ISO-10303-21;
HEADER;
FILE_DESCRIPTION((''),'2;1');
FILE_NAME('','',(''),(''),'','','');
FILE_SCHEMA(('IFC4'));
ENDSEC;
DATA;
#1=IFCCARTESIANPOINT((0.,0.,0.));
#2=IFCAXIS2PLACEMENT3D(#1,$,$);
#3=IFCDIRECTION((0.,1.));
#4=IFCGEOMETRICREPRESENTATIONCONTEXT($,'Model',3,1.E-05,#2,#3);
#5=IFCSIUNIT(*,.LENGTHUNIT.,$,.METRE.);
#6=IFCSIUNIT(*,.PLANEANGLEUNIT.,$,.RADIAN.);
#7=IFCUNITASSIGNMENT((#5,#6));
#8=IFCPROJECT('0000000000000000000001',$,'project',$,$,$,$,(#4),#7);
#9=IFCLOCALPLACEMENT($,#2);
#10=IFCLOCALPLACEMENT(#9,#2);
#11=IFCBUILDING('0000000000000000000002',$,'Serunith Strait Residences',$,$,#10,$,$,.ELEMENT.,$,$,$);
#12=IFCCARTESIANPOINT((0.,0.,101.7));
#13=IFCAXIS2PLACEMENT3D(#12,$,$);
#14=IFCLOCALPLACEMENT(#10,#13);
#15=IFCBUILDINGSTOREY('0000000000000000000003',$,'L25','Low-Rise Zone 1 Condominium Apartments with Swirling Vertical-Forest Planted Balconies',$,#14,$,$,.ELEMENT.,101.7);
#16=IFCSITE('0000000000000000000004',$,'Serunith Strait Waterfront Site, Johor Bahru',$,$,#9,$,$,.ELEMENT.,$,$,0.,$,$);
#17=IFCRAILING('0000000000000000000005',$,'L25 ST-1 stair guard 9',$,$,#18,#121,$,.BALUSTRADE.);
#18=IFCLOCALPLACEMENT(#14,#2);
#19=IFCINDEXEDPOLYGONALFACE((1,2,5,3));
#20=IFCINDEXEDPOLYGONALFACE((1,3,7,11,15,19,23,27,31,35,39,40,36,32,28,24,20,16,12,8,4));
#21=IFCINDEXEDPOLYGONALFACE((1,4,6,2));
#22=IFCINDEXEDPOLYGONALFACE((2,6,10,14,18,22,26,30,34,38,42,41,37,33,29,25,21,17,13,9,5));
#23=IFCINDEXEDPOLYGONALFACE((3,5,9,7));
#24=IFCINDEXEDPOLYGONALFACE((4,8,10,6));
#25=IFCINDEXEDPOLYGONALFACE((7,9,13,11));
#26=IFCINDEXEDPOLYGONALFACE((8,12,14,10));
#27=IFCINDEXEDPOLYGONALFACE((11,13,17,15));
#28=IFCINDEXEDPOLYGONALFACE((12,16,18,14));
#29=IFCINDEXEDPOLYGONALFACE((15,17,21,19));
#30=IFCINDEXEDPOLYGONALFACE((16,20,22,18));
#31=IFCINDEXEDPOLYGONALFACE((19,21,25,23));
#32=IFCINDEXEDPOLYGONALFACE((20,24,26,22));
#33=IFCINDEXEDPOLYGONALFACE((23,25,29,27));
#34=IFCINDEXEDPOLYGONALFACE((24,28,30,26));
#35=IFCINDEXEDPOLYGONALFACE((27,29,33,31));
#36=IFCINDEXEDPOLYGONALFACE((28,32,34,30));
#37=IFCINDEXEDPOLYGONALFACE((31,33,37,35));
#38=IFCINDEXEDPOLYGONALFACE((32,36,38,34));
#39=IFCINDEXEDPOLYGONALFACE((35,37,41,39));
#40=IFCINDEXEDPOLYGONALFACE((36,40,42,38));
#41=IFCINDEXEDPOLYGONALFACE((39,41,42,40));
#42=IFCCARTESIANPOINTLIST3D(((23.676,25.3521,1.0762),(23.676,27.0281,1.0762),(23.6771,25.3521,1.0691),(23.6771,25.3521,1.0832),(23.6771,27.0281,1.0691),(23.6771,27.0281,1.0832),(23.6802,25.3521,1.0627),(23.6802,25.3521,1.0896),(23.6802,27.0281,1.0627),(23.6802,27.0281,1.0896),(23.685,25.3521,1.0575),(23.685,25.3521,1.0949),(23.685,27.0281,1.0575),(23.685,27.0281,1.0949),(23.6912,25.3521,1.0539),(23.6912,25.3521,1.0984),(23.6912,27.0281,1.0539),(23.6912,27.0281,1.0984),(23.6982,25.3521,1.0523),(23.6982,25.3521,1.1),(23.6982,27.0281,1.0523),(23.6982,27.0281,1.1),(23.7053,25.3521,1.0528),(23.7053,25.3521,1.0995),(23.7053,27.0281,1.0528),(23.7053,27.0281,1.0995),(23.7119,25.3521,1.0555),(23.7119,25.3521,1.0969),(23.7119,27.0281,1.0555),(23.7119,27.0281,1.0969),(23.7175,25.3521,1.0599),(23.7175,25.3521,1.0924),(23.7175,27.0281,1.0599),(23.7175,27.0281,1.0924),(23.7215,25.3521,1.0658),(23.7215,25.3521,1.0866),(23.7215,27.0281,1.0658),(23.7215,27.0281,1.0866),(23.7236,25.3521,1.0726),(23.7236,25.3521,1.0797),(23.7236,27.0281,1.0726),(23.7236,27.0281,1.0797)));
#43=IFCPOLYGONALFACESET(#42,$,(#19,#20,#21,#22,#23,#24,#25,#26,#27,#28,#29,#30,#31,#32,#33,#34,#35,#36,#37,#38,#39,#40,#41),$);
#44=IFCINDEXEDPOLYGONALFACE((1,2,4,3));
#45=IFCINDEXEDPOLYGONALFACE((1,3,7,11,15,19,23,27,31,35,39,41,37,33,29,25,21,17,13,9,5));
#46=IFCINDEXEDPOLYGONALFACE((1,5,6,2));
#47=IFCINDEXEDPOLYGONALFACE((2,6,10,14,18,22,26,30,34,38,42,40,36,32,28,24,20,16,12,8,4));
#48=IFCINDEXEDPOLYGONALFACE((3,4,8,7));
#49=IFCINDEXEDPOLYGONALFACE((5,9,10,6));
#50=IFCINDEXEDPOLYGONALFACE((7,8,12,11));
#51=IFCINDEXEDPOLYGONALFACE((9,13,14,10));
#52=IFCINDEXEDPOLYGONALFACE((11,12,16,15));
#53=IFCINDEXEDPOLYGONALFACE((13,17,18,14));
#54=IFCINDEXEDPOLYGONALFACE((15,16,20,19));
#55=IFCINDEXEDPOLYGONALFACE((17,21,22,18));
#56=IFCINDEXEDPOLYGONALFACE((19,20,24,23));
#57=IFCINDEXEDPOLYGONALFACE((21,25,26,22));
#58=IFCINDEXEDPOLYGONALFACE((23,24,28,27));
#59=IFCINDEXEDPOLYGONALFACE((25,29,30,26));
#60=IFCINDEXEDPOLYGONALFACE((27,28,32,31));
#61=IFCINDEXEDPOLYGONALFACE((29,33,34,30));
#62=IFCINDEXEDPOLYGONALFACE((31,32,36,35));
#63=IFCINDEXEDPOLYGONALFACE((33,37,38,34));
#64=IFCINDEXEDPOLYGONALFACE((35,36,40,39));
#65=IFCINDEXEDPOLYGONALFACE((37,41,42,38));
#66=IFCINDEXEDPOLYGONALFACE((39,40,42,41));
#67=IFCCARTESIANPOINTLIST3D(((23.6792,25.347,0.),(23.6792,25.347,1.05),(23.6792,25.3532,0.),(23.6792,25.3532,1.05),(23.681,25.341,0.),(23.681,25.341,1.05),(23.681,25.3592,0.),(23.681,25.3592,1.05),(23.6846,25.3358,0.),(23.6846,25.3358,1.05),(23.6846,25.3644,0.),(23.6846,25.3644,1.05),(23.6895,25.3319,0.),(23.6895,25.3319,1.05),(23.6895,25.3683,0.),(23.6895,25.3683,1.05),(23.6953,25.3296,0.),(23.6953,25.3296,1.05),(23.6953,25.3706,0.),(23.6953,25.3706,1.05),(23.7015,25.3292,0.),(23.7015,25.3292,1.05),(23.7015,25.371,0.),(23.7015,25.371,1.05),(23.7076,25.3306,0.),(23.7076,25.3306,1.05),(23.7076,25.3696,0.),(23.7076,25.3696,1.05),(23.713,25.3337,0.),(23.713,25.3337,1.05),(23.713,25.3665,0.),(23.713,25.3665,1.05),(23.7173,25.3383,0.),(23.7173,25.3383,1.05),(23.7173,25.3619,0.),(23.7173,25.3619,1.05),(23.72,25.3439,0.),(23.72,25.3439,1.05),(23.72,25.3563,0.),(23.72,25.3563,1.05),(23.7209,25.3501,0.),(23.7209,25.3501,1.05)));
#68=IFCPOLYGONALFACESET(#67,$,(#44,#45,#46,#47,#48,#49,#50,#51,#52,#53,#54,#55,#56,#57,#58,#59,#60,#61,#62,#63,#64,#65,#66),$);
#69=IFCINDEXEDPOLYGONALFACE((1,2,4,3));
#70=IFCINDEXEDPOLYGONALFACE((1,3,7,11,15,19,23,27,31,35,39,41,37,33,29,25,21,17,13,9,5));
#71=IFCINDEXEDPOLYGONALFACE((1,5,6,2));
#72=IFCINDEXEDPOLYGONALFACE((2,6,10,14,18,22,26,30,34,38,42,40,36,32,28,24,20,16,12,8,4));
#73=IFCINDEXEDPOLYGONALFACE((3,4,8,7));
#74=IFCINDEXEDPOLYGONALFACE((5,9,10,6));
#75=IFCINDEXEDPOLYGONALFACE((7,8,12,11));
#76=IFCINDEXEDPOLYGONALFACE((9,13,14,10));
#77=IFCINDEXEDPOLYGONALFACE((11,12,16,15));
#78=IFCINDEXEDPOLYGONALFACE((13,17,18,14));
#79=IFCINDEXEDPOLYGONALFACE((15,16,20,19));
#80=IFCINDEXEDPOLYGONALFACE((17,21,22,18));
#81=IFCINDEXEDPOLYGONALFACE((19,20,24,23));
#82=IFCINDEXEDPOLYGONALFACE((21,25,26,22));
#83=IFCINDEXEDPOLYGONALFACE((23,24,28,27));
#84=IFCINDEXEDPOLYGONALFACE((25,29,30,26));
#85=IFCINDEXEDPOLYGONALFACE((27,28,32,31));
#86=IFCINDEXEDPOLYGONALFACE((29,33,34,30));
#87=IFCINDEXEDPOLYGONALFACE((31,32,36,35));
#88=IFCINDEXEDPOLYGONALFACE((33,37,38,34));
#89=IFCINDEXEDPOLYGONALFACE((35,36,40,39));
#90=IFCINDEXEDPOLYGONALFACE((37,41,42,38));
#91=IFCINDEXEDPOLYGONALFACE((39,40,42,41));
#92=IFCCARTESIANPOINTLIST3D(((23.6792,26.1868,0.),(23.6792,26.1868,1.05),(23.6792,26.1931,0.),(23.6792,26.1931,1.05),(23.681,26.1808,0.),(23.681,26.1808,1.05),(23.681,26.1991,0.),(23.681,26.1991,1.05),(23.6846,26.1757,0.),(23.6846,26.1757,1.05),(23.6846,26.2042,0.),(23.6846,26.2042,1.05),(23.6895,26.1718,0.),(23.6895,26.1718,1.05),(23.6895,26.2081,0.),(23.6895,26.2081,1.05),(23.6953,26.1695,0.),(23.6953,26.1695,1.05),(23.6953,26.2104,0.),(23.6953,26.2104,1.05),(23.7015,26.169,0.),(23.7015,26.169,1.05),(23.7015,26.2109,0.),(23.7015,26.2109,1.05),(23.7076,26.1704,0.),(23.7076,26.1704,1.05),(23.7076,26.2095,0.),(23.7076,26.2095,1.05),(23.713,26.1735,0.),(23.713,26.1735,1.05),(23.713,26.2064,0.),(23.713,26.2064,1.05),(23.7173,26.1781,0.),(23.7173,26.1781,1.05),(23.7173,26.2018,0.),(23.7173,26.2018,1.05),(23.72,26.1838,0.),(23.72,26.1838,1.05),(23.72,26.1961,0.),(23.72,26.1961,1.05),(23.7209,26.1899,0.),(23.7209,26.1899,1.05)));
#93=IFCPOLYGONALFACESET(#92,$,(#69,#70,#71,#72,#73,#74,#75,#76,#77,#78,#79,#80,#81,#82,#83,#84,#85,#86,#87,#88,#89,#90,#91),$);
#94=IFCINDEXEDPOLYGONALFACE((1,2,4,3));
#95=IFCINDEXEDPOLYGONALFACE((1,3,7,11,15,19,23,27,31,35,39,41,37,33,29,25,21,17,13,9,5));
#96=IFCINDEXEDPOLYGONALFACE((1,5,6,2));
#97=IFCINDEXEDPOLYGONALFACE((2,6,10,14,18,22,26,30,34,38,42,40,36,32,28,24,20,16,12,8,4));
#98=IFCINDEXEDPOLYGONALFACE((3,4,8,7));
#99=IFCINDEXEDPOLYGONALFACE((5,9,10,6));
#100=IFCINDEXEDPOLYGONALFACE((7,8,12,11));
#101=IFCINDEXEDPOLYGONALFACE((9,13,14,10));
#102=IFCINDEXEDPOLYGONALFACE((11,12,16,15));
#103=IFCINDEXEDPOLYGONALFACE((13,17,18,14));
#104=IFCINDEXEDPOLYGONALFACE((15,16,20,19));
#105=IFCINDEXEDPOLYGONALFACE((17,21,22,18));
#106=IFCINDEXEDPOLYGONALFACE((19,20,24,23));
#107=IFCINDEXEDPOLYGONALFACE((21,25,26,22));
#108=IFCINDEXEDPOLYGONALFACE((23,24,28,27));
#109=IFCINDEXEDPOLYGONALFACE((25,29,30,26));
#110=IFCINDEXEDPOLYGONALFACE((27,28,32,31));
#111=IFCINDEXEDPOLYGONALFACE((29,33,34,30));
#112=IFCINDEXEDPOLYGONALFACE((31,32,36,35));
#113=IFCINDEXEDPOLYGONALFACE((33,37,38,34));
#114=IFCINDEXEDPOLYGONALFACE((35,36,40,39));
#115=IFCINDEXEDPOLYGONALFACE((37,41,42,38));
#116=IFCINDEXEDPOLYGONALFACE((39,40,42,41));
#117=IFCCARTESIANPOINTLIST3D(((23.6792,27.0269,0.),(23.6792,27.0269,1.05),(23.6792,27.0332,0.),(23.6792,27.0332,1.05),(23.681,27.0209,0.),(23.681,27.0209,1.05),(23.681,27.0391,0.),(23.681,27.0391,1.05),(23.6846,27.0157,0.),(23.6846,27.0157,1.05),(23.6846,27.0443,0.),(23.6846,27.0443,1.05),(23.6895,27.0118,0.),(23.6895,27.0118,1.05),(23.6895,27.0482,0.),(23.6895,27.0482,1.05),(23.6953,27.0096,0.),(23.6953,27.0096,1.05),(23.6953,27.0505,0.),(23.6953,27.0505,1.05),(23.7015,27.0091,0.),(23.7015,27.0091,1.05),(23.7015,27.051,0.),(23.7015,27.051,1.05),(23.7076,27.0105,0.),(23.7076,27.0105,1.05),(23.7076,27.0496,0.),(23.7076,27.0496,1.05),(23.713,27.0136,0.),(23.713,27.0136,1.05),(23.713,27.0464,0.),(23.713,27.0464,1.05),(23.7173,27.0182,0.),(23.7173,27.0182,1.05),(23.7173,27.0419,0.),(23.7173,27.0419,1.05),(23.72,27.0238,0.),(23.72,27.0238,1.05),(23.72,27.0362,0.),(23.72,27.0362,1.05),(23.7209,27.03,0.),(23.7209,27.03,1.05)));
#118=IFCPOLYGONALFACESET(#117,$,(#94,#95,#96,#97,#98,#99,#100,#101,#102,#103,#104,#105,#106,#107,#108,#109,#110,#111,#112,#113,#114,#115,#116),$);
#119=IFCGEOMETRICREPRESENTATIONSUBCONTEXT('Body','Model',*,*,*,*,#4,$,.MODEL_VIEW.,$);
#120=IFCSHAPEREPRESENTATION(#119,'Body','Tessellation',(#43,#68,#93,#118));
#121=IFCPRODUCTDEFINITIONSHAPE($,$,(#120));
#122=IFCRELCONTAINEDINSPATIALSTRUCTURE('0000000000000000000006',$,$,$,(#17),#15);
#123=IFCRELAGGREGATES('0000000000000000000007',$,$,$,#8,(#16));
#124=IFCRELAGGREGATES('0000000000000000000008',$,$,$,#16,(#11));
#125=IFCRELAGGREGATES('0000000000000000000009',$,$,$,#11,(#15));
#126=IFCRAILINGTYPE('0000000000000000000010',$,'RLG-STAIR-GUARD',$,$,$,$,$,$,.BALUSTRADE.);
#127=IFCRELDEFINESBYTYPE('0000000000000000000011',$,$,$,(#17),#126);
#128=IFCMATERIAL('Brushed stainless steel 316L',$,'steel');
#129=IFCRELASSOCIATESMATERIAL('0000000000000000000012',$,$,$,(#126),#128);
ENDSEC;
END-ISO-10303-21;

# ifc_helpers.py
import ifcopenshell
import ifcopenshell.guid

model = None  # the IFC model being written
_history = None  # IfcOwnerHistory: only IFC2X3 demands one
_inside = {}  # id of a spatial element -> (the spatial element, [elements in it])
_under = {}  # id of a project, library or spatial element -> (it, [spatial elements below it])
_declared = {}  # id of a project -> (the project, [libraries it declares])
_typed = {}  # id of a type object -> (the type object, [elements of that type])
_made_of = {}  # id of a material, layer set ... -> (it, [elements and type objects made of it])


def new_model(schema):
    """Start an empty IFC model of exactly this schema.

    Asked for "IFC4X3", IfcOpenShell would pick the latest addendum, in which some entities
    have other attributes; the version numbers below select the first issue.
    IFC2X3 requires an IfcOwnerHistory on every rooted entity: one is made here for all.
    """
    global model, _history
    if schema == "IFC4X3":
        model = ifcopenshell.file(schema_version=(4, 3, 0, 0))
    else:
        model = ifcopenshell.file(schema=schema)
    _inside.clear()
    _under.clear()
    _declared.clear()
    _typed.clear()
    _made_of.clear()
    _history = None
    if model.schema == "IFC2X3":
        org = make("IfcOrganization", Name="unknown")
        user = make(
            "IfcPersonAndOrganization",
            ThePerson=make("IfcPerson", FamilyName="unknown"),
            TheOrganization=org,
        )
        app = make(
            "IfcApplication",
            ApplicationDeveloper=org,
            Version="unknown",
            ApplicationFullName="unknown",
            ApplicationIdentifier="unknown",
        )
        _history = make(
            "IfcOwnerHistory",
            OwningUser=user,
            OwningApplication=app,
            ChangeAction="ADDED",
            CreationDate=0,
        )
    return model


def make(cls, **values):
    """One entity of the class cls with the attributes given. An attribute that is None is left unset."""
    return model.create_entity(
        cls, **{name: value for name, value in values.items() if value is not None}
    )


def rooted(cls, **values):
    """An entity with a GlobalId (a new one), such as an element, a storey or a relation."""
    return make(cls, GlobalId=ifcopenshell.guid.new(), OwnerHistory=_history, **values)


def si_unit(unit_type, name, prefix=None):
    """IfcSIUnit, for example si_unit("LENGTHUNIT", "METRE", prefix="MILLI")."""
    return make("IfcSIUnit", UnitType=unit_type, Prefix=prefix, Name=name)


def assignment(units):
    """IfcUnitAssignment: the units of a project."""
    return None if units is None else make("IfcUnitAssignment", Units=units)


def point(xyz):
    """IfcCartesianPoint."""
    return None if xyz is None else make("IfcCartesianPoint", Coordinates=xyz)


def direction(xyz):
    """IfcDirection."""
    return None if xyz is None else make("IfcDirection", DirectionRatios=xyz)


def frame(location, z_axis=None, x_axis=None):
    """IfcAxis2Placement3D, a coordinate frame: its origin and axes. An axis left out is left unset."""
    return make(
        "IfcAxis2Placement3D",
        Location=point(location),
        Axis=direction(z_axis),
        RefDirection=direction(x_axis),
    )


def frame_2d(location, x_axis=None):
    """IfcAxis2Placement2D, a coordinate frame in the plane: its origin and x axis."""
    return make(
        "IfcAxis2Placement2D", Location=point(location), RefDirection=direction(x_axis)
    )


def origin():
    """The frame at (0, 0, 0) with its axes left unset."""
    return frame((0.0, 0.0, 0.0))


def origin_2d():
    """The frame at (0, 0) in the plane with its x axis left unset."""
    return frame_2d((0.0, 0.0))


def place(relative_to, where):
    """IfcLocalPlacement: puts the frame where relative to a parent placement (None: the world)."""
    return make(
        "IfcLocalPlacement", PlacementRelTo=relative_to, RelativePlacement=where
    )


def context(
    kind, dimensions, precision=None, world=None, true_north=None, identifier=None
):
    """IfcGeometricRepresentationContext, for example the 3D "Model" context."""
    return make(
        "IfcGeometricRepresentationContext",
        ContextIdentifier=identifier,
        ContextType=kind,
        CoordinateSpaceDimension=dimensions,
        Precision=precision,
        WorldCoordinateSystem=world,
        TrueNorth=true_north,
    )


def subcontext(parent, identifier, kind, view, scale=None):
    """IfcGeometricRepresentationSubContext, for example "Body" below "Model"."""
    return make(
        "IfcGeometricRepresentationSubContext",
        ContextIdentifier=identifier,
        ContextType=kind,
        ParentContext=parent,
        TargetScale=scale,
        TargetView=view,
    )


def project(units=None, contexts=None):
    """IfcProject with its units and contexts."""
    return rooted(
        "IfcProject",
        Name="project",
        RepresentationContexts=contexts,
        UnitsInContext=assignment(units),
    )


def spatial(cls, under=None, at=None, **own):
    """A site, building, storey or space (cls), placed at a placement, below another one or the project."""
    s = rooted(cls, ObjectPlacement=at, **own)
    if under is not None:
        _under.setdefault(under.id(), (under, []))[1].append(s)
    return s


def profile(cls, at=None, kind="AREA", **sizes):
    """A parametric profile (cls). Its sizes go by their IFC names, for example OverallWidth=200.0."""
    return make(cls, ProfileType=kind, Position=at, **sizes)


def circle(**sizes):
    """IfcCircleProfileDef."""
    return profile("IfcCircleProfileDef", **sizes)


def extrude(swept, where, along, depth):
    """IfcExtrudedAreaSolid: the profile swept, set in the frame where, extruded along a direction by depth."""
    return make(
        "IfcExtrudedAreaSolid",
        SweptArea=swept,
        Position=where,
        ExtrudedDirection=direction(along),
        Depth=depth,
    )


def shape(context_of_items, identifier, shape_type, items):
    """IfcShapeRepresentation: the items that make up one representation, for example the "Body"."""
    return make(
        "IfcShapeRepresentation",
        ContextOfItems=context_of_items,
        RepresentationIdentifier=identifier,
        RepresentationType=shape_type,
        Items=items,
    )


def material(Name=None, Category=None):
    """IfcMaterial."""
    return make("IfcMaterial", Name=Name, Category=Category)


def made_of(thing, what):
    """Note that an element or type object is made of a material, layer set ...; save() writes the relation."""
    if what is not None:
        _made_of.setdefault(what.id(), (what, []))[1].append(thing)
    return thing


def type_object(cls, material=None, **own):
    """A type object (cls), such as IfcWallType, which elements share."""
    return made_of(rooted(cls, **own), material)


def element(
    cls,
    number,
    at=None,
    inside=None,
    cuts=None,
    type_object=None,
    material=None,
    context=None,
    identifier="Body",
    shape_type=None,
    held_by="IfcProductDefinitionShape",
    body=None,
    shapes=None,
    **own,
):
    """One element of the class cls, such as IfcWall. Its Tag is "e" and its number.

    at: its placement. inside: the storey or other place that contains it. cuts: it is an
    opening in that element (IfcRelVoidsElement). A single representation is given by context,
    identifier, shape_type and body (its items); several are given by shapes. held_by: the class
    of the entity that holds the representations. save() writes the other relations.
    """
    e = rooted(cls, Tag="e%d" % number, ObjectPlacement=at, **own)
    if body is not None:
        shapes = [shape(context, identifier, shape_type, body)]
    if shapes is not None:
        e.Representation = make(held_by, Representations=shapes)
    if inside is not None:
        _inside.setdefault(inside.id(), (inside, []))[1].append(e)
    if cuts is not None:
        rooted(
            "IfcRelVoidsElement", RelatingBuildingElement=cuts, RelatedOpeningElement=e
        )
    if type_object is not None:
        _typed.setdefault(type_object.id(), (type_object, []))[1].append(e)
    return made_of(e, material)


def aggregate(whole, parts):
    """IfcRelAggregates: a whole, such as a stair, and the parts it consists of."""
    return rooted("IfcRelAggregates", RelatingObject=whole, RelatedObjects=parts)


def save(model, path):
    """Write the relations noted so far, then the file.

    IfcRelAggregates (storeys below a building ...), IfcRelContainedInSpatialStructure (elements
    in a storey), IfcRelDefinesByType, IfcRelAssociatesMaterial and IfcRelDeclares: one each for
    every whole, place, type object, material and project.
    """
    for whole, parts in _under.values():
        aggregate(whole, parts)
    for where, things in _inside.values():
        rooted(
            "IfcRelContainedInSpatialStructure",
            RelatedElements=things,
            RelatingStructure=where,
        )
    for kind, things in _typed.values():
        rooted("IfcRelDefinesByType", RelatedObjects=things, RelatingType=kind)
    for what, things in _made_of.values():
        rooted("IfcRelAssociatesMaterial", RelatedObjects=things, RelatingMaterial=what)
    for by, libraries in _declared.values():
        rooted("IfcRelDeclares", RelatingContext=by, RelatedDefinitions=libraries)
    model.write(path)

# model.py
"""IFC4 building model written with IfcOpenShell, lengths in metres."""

from ifc_helpers import new_model, si_unit, direction, frame, origin, origin_2d, place, context, subcontext, project, spatial, circle, extrude, material, type_object, element, save


model = new_model("IFC4")

# Units and contexts
model_context = context("Model", 3, precision=1e-05, world=origin(), true_north=direction((0.0, 1.0)))
body_context = subcontext(model_context, "Body", "Model", "MODEL_VIEW")
ifc_project = project(units=[si_unit("LENGTHUNIT", "METRE"), si_unit("PLANEANGLEUNIT", "RADIAN")], contexts=[model_context])

# Site, building, storey
site_placement = place(None, origin())
site = spatial("IfcSite", under=ifc_project, at=site_placement, Name="Serunith Strait Waterfront Site, Johor Bahru", CompositionType="ELEMENT", RefElevation=0.0)
building_placement = place(site_placement, origin())
building = spatial("IfcBuilding", under=site, at=building_placement, Name="Serunith Strait Residences", CompositionType="ELEMENT")
storey_placement = place(building_placement, frame((0.0, 0.0, 101.7)))
storey = spatial("IfcBuildingStorey", under=building, at=storey_placement, Name="L25", Description="Low-Rise Zone 1 Condominium Apartments with Swirling Vertical-Forest Planted Balconies", CompositionType="ELEMENT", Elevation=101.7)

# Railing
ifc_material_1 = material(Name="Brushed stainless steel 316L", Category="steel")
railing_type_1 = type_object("IfcRailingType", Name="RLG-STAIR-GUARD", PredefinedType="BALUSTRADE", material=ifc_material_1)
for number, where, name in (
    (1, (23.7, 25.3501, 0.0), "L25 ST-1 stair guard 9"),
):
    element("IfcRailing", number, at=place(storey_placement, frame(where)), inside=storey, type_object=railing_type_1, Name=name, PredefinedType="BALUSTRADE", context=body_context, shape_type="SweptSolid", body=[
        extrude(circle(Radius=0.0239, at=origin_2d()), frame((0.0, 0.002, 1.0762), z_axis=(0.0, 1.0, 0.0), x_axis=(-1.0, 0.0, 0.0)), (0.0, 0.0, 1.0), 1.676),
        extrude(circle(Radius=0.021, at=origin_2d()), origin(), (0.0, 0.0, 1.0), 1.05),
        extrude(circle(Radius=0.021, at=origin_2d()), frame((0.0, 0.8398, 0.0)), (0.0, 0.0, 1.0), 1.05),
        extrude(circle(Radius=0.021, at=origin_2d()), frame((0.0, 1.6799, 0.0)), (0.0, 0.0, 1.0), 1.05),
    ])

save(model, "model.ifc")
